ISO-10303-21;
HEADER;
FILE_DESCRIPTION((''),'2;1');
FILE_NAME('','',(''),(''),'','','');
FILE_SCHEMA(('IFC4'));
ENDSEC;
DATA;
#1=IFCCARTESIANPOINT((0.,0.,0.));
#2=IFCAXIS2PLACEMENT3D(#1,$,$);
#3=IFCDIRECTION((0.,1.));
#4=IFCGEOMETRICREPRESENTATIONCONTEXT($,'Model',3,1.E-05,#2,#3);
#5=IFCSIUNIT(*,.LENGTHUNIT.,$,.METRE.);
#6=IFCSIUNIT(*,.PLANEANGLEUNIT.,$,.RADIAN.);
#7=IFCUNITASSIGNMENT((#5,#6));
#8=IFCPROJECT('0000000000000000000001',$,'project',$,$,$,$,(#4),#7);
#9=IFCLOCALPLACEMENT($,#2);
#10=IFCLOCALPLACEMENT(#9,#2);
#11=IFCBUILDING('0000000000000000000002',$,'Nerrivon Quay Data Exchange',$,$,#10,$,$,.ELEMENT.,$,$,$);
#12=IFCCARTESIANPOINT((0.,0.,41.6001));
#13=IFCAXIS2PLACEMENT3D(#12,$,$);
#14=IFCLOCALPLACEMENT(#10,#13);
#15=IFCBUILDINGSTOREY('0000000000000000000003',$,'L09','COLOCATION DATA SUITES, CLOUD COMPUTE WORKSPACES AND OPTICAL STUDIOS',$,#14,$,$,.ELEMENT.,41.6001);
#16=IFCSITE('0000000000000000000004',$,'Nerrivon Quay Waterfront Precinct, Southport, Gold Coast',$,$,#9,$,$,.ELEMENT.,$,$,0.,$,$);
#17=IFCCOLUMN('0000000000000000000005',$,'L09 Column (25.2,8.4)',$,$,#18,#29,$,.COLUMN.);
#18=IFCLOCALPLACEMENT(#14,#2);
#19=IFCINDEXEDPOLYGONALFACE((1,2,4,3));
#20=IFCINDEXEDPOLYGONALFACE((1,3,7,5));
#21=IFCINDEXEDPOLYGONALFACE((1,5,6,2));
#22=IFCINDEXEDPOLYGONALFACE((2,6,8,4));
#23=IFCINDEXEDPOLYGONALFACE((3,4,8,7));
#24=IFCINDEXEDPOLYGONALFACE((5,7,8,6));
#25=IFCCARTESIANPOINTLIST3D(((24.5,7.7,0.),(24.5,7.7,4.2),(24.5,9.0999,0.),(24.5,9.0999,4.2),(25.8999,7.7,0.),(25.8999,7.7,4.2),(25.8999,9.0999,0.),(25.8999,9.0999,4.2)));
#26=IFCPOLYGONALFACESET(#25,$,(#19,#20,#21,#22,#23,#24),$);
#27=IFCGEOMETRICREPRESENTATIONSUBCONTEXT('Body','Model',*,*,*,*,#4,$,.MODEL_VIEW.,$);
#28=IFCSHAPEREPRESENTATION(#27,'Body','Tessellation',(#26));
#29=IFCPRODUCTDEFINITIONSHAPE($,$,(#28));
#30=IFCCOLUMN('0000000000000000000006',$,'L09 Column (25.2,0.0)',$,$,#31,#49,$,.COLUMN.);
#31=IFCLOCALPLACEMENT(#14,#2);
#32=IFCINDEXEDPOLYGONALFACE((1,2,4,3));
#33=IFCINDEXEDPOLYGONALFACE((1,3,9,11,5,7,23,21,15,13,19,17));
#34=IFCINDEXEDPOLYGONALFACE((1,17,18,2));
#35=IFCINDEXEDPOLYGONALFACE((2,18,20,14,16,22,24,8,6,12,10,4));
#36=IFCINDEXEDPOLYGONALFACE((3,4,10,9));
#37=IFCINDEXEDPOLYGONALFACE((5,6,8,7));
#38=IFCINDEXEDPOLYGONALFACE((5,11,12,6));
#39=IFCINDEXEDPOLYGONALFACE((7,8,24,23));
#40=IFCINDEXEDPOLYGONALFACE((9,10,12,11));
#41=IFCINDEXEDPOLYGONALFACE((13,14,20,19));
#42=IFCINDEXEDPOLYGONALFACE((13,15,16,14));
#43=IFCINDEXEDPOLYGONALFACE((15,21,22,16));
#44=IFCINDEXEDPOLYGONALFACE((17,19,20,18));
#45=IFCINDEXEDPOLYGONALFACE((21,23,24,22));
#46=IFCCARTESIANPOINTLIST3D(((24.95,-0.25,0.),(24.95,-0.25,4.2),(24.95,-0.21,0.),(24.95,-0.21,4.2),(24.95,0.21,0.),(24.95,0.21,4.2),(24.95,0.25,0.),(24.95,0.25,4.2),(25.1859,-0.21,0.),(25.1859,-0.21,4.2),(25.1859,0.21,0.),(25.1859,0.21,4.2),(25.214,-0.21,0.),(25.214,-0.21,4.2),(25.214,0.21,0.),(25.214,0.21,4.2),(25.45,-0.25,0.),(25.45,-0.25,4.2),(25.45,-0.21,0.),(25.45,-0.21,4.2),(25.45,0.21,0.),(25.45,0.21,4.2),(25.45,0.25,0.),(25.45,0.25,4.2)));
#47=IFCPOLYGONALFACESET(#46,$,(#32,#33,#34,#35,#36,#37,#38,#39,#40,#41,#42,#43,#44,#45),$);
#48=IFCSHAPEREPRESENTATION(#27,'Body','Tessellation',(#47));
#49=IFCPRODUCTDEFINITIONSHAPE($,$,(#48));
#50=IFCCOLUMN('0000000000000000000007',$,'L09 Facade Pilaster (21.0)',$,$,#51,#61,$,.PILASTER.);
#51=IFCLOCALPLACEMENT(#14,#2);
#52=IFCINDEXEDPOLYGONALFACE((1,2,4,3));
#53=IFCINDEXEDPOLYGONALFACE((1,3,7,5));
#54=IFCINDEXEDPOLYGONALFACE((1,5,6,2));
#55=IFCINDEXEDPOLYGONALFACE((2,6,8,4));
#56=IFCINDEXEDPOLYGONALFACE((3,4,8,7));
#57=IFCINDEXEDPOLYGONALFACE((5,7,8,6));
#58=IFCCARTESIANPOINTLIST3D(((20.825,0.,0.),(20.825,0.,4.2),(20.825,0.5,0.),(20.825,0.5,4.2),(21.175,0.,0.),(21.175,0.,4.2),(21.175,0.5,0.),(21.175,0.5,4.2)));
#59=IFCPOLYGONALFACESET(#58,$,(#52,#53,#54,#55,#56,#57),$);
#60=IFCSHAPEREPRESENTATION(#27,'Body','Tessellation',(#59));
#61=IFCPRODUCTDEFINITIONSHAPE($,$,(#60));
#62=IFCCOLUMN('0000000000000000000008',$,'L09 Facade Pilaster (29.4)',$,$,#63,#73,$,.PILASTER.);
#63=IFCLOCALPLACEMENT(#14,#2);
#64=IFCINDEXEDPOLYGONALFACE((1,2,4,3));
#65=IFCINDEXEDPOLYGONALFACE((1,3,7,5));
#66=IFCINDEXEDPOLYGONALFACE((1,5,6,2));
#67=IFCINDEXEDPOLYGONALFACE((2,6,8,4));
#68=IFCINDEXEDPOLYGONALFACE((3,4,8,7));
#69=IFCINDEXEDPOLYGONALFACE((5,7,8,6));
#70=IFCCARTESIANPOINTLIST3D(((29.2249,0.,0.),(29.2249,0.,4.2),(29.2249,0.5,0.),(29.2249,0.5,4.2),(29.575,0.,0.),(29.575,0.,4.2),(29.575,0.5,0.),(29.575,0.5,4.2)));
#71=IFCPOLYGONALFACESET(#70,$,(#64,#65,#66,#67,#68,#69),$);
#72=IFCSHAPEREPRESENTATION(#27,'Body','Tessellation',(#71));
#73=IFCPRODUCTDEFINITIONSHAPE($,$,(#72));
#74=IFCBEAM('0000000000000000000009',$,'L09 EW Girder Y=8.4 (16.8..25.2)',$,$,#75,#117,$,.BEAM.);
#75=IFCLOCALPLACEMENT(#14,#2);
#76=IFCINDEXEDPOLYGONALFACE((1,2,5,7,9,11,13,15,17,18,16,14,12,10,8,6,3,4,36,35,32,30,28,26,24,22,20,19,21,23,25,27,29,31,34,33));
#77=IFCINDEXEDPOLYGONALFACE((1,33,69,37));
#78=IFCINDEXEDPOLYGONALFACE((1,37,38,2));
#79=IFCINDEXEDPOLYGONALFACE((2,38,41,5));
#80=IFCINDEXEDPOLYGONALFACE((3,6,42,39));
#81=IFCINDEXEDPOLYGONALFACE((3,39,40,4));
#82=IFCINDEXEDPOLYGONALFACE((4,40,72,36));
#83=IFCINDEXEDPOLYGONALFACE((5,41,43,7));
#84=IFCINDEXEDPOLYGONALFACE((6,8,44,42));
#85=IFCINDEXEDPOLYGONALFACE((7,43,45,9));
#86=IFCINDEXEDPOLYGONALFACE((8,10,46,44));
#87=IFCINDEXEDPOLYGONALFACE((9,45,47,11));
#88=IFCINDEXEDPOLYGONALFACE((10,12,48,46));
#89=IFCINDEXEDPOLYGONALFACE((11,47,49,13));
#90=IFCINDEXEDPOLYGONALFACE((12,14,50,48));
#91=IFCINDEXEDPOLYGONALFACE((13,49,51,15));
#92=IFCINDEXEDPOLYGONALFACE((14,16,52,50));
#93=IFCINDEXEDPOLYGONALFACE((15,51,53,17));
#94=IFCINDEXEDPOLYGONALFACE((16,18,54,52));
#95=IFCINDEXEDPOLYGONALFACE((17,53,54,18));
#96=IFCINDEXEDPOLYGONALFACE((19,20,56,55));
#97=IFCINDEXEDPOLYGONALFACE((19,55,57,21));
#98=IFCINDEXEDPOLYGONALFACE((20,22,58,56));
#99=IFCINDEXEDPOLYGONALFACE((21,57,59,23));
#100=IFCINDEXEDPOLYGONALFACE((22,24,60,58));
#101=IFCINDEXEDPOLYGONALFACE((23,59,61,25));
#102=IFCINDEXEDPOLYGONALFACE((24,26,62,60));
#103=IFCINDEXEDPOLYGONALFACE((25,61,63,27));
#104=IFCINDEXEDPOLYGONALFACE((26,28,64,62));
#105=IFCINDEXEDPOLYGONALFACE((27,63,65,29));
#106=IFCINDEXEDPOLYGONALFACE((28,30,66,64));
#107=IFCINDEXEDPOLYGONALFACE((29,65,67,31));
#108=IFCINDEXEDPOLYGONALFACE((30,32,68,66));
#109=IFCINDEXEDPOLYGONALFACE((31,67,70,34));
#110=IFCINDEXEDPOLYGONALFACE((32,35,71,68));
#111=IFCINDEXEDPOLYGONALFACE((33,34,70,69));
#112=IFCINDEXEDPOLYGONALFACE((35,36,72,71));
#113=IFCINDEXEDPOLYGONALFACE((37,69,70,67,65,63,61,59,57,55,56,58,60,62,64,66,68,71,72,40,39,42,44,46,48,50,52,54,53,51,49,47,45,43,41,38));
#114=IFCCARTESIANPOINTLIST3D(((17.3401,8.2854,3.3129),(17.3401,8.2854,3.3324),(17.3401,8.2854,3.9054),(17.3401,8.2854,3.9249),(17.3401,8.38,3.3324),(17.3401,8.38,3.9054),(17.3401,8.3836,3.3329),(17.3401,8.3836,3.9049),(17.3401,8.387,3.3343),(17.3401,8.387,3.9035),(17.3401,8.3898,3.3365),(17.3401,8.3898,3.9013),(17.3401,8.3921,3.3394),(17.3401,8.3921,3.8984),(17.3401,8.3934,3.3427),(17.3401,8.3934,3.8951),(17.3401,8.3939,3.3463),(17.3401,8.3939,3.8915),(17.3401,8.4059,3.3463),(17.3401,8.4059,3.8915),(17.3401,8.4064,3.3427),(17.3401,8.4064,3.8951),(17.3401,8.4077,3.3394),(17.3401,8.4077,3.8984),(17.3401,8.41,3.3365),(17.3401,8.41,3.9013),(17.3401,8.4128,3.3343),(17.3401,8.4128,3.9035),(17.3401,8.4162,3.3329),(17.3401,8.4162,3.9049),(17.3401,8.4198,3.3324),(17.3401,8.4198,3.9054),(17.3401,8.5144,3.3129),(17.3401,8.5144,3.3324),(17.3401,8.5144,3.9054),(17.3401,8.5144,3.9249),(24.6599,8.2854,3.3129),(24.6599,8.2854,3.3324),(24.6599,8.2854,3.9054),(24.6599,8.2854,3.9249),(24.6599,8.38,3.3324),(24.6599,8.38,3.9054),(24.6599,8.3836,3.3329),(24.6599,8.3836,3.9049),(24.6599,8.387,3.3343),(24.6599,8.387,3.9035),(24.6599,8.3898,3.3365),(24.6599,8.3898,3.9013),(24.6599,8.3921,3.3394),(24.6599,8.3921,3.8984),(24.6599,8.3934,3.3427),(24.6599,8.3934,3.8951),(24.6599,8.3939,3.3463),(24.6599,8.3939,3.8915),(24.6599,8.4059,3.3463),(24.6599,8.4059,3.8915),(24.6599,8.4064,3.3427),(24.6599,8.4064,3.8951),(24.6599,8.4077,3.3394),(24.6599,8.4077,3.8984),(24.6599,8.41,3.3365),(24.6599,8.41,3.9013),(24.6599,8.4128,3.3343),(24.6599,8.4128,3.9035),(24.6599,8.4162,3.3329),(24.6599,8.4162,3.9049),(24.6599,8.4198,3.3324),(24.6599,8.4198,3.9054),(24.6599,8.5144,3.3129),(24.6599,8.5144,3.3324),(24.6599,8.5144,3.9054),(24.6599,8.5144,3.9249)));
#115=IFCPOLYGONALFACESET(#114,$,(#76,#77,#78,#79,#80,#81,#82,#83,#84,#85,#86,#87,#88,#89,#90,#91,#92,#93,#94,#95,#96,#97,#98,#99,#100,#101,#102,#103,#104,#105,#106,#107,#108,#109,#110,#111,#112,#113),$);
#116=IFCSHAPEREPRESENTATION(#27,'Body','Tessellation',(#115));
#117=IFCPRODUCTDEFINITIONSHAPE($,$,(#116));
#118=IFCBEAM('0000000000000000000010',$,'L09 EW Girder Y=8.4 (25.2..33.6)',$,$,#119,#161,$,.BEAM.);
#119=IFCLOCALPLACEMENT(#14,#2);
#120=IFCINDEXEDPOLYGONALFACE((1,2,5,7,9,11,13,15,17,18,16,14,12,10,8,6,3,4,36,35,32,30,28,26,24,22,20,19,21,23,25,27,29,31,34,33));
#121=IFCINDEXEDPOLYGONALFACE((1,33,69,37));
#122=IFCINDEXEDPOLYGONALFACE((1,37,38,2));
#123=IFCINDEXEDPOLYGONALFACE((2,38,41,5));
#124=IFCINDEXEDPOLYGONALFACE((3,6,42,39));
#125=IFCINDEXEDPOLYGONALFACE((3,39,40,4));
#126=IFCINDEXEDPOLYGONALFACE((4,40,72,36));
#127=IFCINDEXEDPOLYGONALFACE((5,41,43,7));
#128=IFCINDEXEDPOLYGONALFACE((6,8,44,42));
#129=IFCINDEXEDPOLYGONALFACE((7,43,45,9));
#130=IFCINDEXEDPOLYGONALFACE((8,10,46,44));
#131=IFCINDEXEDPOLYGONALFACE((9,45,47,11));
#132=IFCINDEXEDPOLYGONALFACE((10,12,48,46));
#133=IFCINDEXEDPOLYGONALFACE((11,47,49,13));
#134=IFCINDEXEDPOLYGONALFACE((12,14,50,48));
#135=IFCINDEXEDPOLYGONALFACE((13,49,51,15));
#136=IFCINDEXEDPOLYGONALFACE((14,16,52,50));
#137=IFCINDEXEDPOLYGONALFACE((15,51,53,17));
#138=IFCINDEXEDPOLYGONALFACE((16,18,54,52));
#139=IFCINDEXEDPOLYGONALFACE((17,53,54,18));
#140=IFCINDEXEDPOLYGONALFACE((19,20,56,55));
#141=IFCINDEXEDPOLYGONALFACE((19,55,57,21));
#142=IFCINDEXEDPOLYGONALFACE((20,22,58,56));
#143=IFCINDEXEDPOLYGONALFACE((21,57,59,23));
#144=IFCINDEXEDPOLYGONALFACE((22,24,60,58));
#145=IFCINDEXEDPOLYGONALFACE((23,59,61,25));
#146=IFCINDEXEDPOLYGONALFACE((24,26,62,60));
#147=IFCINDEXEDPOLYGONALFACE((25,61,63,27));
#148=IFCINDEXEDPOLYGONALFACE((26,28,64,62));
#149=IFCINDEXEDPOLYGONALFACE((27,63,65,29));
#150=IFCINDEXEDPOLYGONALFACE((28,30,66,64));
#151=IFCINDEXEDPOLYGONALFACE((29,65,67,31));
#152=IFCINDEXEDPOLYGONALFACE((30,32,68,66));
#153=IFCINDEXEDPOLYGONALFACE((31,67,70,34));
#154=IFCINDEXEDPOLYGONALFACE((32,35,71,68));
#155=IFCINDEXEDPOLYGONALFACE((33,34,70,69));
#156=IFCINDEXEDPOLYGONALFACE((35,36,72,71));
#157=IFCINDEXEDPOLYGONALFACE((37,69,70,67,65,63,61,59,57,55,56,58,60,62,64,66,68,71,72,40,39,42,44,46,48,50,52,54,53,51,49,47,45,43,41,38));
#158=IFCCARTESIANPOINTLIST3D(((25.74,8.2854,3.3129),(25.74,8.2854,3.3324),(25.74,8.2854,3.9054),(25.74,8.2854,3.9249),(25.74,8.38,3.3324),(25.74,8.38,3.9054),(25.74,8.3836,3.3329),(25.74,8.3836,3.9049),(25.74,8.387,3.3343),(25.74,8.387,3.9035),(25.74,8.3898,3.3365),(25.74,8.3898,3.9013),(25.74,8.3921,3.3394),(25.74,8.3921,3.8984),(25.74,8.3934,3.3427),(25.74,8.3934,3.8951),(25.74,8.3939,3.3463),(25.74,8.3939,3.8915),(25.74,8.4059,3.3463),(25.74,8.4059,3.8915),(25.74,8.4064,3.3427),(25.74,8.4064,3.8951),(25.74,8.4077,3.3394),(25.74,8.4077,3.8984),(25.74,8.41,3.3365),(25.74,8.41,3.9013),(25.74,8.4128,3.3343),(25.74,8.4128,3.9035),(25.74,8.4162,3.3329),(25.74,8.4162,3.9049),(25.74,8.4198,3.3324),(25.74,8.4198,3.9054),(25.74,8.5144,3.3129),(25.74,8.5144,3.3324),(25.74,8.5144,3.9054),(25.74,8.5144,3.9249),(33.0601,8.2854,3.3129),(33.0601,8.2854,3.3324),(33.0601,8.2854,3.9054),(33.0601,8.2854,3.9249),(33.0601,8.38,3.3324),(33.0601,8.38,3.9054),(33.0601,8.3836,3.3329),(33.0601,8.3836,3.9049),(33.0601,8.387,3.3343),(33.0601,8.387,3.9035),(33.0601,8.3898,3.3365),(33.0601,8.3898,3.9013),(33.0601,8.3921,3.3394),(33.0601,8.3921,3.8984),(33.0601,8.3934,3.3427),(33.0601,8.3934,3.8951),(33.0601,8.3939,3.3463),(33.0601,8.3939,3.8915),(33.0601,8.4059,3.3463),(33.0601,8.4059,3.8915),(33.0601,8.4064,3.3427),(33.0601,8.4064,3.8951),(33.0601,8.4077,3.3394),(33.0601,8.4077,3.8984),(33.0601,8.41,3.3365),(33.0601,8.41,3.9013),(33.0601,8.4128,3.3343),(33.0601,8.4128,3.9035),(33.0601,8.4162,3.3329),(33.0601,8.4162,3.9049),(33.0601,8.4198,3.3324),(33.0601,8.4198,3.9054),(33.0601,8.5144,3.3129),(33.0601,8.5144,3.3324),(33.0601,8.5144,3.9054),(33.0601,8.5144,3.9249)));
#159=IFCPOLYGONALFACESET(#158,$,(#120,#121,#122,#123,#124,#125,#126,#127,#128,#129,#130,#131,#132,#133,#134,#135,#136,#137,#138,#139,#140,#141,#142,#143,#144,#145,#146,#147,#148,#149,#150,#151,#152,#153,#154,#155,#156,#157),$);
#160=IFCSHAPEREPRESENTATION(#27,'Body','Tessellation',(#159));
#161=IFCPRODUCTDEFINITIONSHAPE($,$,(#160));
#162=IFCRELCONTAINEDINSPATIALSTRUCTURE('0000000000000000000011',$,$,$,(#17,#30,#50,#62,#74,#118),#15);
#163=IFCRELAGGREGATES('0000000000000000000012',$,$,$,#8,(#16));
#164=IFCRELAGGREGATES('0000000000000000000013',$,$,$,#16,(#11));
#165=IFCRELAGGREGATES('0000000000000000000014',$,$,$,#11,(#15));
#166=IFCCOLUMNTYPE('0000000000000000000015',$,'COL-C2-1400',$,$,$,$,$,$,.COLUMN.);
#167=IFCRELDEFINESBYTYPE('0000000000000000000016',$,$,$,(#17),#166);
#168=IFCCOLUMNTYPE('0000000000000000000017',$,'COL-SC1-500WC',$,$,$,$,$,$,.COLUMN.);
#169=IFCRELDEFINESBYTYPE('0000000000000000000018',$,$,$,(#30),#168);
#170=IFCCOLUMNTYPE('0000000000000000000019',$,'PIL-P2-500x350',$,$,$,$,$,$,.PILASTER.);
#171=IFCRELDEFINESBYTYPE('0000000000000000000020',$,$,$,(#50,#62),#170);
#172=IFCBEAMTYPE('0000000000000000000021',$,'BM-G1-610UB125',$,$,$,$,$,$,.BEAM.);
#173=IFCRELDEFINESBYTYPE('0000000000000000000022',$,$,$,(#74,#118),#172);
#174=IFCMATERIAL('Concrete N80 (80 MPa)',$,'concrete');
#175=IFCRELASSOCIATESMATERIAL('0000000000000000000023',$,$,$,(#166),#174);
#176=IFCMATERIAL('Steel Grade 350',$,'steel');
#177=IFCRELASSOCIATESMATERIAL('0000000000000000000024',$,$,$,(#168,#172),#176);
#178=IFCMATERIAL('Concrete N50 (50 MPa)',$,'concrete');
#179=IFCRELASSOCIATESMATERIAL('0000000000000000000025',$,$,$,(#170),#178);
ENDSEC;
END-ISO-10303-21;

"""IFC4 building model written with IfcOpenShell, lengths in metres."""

from ifc_helpers import new_model, si_unit, direction, frame, origin, origin_2d, place, context, subcontext, project, spatial, rectangle, i_section, extrude, material, material_profile, profile_set, type_object, element, save


model = new_model("IFC4")

# Units and contexts
model_context = context("Model", 3, precision=1e-05, world=origin(), true_north=direction((0.0, 1.0)))
body_context = subcontext(model_context, "Body", "Model", "MODEL_VIEW")
ifc_project = project(units=[si_unit("LENGTHUNIT", "METRE"), si_unit("PLANEANGLEUNIT", "RADIAN")], contexts=[model_context])

# Site, building, storey
site_placement = place(None, origin())
site = spatial("IfcSite", under=ifc_project, at=site_placement, Name="Nerrivon Quay Waterfront Precinct, Southport, Gold Coast", CompositionType="ELEMENT", RefElevation=0.0)
building_placement = place(site_placement, origin())
building = spatial("IfcBuilding", under=site, at=building_placement, Name="Nerrivon Quay Data Exchange", CompositionType="ELEMENT")
storey_placement = place(building_placement, frame((0.0, 0.0, 41.6001)))
storey = spatial("IfcBuildingStorey", under=building, at=storey_placement, Name="L09", Description="COLOCATION DATA SUITES, CLOUD COMPUTE WORKSPACES AND OPTICAL STUDIOS", CompositionType="ELEMENT", Elevation=41.6001)

# Columns
ifc_material_1 = material(Name="Concrete N80 (80 MPa)", Category="concrete")
ifc_material_profile_1 = material_profile(ifc_material_1, rectangle(XDim=1.3999, YDim=1.3999, at=origin_2d()), Name="RC-COL-1400x1400")
ifc_profile_set_1 = profile_set([ifc_material_profile_1], Name="Concrete N80 (80 MPa)")
column_type_1 = type_object("IfcColumnType", Name="COL-C2-1400", PredefinedType="COLUMN", material=ifc_profile_set_1)
column_1_placement = place(storey_placement, frame((25.2, 8.3999, 0.0), z_axis=(0.0, 0.0, 1.0), x_axis=(1.0, 0.0, 0.0)))
element("IfcColumn", 1, at=column_1_placement, inside=storey, type_object=column_type_1, Name="L09 Column (25.2,8.4)", PredefinedType="COLUMN", context=body_context, shape_type="SweptSolid", body=[
    extrude(rectangle(XDim=1.3999, YDim=1.3999, at=origin_2d()), origin(), (0.0, 0.0, 1.0), 4.2),
])
ifc_material_2 = material(Name="Steel Grade 350", Category="steel")
ifc_material_profile_2 = material_profile(ifc_material_2, i_section(OverallWidth=0.5, OverallDepth=0.5, WebThickness=0.0281, FlangeThickness=0.04, at=origin_2d()), Name="500WC440")
ifc_profile_set_2 = profile_set([ifc_material_profile_2], Name="Steel Grade 350")
column_type_2 = type_object("IfcColumnType", Name="COL-SC1-500WC", PredefinedType="COLUMN", material=ifc_profile_set_2)
column_2_placement = place(storey_placement, frame((25.2, 0.0, 0.0), z_axis=(0.0, 0.0, 1.0), x_axis=(1.0, 0.0, 0.0)))
element("IfcColumn", 2, at=column_2_placement, inside=storey, type_object=column_type_2, Name="L09 Column (25.2,0.0)", PredefinedType="COLUMN", context=body_context, shape_type="SweptSolid", body=[
    extrude(i_section(OverallWidth=0.5, OverallDepth=0.5, WebThickness=0.0281, FlangeThickness=0.04, at=origin_2d()), origin(), (0.0, 0.0, 1.0), 4.2),
])
ifc_material_3 = material(Name="Concrete N50 (50 MPa)", Category="concrete")
ifc_material_profile_3 = material_profile(ifc_material_3, rectangle(XDim=0.3501, YDim=0.5, at=origin_2d()), Name="RC-PIL-500x350")
ifc_profile_set_3 = profile_set([ifc_material_profile_3], Name="Concrete N50 (50 MPa)")
column_type_3 = type_object("IfcColumnType", Name="PIL-P2-500x350", PredefinedType="PILASTER", material=ifc_profile_set_3)
for number, where, z_axis, x_axis, name in (
    (3, (21.0, 0.25, 0.0), (0.0, 0.0, 1.0), (1.0, 0.0, 0.0), "L09 Facade Pilaster (21.0)"),
    (4, (29.3999, 0.25, 0.0), (0.0, 0.0, 1.0), (1.0, 0.0, 0.0), "L09 Facade Pilaster (29.4)"),
):
    element("IfcColumn", number, at=place(storey_placement, frame(where, z_axis=z_axis, x_axis=x_axis)), inside=storey, type_object=column_type_3, Name=name, PredefinedType="PILASTER", context=body_context, shape_type="SweptSolid", body=[
        extrude(rectangle(XDim=0.3501, YDim=0.5, at=origin_2d()), origin(), (0.0, 0.0, 1.0), 4.2),
    ])

# Beams
ifc_material_profile_4 = material_profile(ifc_material_2, i_section(OverallWidth=0.229, OverallDepth=0.6121, WebThickness=0.012, FlangeThickness=0.0195, FilletRadius=0.0139, at=origin_2d()), Name="610UB125")
ifc_profile_set_4 = profile_set([ifc_material_profile_4], Name="Steel Grade 350")
beam_type_1 = type_object("IfcBeamType", Name="BM-G1-610UB125", PredefinedType="BEAM", material=ifc_profile_set_4)
beam_1_placement = place(storey_placement, frame((17.3401, 8.3999, 3.6189), z_axis=(1.0, 0.0, 0.0), x_axis=(0.0, 1.0, 0.0)))
element("IfcBeam", 5, at=beam_1_placement, inside=storey, type_object=beam_type_1, Name="L09 EW Girder Y=8.4 (16.8..25.2)", PredefinedType="BEAM", context=body_context, shape_type="SweptSolid", body=[
    extrude(i_section(OverallWidth=0.229, OverallDepth=0.6121, WebThickness=0.012, FlangeThickness=0.0195, FilletRadius=0.0139, at=origin_2d()), origin(), (0.0, 0.0, 1.0), 7.3198),
])
beam_2_placement = place(storey_placement, frame((25.74, 8.3999, 3.6189), z_axis=(1.0, 0.0, 0.0), x_axis=(0.0, 1.0, 0.0)))
element("IfcBeam", 6, at=beam_2_placement, inside=storey, type_object=beam_type_1, Name="L09 EW Girder Y=8.4 (25.2..33.6)", PredefinedType="BEAM", context=body_context, shape_type="SweptSolid", body=[
    extrude(i_section(OverallWidth=0.229, OverallDepth=0.6121, WebThickness=0.012, FlangeThickness=0.0195, FilletRadius=0.0139, at=origin_2d()), origin(), (0.0, 0.0, 1.0), 7.3201),
])

save(model, "model.ifc")
